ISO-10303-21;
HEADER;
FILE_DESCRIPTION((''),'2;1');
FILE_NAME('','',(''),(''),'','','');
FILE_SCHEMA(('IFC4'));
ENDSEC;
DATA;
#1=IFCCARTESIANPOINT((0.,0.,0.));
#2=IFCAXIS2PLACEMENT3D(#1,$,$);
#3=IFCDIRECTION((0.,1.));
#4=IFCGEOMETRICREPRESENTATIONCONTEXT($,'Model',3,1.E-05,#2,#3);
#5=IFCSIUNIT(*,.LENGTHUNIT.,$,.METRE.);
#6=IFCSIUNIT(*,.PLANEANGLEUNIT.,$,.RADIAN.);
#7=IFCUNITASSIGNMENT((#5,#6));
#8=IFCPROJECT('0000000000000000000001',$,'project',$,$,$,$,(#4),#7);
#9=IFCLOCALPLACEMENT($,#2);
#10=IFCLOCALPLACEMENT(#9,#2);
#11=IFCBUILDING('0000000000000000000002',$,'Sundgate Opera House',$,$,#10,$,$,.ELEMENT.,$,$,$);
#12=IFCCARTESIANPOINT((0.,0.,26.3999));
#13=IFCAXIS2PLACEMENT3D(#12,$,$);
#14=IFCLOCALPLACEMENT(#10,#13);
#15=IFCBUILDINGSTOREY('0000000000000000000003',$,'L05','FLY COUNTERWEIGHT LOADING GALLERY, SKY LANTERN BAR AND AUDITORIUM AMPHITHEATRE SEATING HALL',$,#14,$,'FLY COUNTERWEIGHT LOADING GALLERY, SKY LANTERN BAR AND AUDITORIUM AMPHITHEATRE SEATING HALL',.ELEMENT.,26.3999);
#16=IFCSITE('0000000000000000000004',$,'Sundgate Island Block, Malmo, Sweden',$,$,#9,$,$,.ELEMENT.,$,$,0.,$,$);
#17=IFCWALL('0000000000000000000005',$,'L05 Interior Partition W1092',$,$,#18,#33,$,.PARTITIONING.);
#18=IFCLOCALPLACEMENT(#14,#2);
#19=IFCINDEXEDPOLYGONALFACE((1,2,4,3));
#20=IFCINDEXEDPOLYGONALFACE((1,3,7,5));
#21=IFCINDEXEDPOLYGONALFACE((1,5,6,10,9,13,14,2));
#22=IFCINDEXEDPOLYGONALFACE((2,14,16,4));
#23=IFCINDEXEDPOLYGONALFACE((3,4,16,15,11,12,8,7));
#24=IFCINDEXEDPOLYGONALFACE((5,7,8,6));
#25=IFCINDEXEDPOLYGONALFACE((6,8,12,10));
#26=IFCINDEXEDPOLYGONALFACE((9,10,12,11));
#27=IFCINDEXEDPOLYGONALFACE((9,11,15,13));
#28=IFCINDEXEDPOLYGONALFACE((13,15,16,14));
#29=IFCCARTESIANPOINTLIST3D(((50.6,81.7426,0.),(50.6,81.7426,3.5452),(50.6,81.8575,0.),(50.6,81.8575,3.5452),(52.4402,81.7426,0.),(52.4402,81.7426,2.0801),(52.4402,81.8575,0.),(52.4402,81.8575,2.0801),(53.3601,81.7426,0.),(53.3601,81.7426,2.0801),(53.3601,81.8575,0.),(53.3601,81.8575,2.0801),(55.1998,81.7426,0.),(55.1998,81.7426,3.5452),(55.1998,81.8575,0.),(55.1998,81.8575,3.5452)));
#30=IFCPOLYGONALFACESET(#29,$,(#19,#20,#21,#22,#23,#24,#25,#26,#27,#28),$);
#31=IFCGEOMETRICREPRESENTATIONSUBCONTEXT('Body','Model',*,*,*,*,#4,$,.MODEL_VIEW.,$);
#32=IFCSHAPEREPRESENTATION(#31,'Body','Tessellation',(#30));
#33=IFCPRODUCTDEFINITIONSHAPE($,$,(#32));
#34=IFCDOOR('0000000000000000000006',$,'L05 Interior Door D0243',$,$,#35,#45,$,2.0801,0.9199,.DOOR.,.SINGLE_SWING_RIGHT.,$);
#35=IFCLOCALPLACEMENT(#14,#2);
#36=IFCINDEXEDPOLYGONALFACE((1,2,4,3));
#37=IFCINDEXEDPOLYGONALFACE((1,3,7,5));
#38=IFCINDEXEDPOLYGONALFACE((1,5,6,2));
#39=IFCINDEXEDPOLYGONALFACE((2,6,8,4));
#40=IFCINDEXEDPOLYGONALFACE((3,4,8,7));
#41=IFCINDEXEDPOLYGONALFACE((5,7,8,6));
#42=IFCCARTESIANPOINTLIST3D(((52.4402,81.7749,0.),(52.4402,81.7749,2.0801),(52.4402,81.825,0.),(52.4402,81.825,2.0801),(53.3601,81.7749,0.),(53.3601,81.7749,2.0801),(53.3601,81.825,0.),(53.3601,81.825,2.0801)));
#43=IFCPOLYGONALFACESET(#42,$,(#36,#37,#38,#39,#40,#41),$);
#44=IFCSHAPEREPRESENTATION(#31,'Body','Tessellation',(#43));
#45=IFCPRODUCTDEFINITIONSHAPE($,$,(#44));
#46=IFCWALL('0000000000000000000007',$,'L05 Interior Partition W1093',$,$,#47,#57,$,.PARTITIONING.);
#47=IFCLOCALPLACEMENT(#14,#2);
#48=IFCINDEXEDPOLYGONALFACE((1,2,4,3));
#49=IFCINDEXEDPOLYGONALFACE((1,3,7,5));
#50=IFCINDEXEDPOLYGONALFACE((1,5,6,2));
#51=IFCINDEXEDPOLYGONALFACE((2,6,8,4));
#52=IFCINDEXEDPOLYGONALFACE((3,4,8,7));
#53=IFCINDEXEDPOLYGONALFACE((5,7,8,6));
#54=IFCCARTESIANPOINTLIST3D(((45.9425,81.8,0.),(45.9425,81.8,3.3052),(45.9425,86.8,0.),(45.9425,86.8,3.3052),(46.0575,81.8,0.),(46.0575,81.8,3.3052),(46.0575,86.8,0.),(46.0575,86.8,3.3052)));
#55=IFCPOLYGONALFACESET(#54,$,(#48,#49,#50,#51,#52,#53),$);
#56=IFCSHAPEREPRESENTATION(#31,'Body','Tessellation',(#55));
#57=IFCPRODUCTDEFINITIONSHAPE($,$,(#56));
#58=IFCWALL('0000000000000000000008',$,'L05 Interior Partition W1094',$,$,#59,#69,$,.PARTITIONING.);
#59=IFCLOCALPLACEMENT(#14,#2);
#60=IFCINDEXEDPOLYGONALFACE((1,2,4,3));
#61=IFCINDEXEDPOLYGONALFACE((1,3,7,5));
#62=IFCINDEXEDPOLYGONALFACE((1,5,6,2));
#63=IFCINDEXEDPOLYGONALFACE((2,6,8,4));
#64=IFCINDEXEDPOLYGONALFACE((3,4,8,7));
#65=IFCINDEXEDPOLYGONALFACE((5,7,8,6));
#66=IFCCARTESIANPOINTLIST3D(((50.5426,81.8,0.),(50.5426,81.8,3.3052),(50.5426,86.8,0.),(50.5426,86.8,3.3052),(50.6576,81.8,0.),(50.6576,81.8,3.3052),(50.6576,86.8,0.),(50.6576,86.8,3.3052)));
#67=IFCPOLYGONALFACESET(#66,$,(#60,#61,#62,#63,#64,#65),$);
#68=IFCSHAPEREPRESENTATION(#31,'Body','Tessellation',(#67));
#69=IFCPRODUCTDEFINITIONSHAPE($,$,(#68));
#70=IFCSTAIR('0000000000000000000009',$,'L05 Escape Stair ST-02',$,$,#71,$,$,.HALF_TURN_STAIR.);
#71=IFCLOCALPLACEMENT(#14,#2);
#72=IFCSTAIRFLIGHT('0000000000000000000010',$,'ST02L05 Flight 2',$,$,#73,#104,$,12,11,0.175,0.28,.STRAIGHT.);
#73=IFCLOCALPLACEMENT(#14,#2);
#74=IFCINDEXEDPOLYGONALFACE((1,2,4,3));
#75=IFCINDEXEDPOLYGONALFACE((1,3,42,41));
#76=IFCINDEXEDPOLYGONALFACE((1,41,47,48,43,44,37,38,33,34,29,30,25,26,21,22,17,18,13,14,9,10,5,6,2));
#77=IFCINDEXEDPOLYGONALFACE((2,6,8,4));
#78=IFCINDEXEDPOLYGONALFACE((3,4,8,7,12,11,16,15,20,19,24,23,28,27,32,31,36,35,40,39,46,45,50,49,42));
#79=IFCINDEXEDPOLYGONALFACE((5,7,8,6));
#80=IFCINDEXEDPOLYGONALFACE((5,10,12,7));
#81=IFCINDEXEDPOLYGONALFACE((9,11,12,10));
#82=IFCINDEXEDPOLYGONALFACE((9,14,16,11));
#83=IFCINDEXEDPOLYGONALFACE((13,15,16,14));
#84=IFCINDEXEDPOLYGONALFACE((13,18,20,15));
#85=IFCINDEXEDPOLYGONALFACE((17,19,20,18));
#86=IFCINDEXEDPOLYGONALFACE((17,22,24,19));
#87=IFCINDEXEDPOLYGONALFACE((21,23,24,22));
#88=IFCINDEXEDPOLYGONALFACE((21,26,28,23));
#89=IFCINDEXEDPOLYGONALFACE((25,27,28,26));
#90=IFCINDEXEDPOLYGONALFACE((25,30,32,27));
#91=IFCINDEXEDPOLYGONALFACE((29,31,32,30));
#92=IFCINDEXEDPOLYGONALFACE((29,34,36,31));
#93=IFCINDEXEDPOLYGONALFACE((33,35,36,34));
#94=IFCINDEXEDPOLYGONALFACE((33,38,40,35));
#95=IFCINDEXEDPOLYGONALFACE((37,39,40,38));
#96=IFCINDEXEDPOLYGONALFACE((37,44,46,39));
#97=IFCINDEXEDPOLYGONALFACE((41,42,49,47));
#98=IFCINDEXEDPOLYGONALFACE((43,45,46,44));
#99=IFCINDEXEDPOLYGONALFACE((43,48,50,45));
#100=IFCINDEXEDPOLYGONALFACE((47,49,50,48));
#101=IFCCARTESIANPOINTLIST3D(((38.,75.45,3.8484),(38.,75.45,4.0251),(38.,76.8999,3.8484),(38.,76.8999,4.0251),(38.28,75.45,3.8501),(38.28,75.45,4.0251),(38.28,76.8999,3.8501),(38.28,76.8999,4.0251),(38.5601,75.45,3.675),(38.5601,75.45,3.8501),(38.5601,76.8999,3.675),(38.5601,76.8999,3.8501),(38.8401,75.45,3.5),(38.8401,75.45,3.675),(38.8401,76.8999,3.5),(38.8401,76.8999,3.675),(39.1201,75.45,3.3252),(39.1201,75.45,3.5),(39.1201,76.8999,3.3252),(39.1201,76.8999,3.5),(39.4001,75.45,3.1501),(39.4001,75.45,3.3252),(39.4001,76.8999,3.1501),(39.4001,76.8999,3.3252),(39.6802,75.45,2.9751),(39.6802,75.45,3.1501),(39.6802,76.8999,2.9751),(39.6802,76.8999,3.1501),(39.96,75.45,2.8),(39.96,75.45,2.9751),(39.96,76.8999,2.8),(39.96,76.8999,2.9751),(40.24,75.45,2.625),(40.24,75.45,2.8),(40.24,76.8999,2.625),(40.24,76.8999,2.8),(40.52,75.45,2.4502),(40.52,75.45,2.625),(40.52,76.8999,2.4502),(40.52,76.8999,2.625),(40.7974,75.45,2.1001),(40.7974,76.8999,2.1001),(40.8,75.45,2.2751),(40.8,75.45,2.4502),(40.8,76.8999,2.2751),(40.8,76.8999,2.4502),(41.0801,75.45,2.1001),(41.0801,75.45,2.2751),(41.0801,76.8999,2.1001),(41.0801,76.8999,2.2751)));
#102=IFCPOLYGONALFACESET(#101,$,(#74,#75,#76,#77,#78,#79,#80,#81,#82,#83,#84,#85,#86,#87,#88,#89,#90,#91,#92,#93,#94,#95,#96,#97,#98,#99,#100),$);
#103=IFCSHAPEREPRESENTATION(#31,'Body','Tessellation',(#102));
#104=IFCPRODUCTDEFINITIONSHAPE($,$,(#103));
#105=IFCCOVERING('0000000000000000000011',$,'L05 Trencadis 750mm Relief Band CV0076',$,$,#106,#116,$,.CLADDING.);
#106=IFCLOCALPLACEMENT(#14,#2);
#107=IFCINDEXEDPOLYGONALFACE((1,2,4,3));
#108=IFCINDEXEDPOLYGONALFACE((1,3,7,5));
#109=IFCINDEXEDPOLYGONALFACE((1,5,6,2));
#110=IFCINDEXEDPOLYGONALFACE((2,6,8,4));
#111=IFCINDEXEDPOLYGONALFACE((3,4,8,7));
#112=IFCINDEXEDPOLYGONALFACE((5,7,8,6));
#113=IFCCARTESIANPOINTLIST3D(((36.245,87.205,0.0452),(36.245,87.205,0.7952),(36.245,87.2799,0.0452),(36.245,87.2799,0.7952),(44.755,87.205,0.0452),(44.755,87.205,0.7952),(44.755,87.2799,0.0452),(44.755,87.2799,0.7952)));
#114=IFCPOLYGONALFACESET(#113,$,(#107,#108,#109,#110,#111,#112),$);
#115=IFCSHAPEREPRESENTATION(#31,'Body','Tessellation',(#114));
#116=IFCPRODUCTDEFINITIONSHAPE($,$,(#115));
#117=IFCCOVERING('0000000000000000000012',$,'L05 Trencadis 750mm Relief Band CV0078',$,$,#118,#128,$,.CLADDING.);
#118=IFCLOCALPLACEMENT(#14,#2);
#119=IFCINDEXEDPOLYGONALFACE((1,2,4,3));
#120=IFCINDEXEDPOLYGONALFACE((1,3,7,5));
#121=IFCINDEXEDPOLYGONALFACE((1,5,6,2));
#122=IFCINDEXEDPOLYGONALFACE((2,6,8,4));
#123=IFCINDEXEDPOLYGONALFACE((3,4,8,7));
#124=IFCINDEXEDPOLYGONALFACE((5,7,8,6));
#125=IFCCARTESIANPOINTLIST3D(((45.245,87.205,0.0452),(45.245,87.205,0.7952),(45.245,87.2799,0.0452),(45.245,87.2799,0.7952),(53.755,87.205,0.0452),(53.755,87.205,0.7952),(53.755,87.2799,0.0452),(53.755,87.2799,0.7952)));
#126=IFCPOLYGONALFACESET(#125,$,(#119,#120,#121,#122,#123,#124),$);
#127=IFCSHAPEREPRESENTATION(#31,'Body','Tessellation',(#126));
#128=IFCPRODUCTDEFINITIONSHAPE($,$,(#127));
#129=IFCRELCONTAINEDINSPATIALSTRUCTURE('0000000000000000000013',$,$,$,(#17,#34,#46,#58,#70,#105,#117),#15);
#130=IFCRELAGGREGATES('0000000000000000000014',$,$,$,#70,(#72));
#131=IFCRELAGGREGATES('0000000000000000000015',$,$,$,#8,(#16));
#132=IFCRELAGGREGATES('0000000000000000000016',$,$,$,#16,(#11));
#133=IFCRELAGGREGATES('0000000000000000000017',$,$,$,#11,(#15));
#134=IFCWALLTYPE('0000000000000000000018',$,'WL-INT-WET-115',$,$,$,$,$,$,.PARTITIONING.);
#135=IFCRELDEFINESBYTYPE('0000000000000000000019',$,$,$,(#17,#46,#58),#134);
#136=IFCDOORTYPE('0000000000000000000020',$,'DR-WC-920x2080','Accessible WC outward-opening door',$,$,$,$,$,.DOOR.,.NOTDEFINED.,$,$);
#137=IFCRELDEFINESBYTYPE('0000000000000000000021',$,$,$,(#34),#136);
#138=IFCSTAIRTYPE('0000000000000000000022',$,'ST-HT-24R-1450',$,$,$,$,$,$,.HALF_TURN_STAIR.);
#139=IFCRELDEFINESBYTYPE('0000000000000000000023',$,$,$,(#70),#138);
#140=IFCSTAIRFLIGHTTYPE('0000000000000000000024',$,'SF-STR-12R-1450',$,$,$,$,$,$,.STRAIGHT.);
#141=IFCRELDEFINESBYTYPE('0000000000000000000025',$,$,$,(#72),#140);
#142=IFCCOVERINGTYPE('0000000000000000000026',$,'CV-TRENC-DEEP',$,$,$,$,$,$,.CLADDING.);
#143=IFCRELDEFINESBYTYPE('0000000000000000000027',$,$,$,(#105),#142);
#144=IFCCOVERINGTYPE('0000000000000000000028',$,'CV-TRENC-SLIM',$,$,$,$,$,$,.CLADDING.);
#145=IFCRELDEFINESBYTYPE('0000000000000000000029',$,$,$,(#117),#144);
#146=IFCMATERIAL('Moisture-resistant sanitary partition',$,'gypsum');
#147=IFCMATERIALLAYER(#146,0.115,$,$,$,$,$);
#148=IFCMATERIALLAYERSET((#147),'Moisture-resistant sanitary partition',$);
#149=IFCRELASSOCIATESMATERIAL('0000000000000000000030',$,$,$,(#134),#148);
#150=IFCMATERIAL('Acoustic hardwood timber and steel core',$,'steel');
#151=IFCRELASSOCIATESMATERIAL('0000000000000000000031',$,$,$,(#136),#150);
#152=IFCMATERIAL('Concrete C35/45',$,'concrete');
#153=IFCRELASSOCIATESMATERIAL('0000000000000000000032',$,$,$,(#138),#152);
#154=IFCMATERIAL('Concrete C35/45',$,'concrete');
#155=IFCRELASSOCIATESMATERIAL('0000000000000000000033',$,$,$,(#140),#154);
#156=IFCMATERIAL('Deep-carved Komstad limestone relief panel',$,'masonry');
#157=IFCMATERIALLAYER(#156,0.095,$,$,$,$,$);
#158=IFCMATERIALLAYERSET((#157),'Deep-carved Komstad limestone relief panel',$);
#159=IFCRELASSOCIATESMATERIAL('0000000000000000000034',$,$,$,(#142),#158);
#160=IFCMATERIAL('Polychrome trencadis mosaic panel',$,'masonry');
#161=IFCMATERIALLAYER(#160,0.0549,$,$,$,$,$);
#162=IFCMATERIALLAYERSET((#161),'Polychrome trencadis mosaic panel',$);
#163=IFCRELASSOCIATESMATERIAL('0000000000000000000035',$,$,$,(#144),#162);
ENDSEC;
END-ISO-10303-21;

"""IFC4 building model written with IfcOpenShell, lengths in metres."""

from ifc_helpers import new_model, si_unit, direction, frame, frame_2d, origin, origin_2d, place, context, subcontext, project, spatial, polyline, rectangle, outline, extrude, material, layer, layer_set, type_object, element, fill, aggregate, save


model = new_model("IFC4")

# Units and contexts
model_context = context("Model", 3, precision=1e-05, world=origin(), true_north=direction((0.0, 1.0)))
body_context = subcontext(model_context, "Body", "Model", "MODEL_VIEW")
ifc_project = project(units=[si_unit("LENGTHUNIT", "METRE"), si_unit("PLANEANGLEUNIT", "RADIAN")], contexts=[model_context])

# Site, building, storey
site_placement = place(None, origin())
site = spatial("IfcSite", under=ifc_project, at=site_placement, Name="Sundgate Island Block, Malmo, Sweden", CompositionType="ELEMENT", RefElevation=0.0)
building_placement = place(site_placement, origin())
building = spatial("IfcBuilding", under=site, at=building_placement, Name="Sundgate Opera House", CompositionType="ELEMENT")
storey_placement = place(building_placement, frame((0.0, 0.0, 26.3999)))
storey = spatial("IfcBuildingStorey", under=building, at=storey_placement, Name="L05", Description="FLY COUNTERWEIGHT LOADING GALLERY, SKY LANTERN BAR AND AUDITORIUM AMPHITHEATRE SEATING HALL", LongName="FLY COUNTERWEIGHT LOADING GALLERY, SKY LANTERN BAR AND AUDITORIUM AMPHITHEATRE SEATING HALL", CompositionType="ELEMENT", Elevation=26.3999)

# Wall, opening, door
ifc_material_1 = material(Name="Moisture-resistant sanitary partition", Category="gypsum")
ifc_layer_1 = layer(ifc_material_1, 0.115)
ifc_layer_set_1 = layer_set([ifc_layer_1], Name="Moisture-resistant sanitary partition")
wall_type_1 = type_object("IfcWallType", Name="WL-INT-WET-115", PredefinedType="PARTITIONING", material=ifc_layer_set_1)
wall_1_placement = place(storey_placement, frame((50.6001, 81.8, 0.0), z_axis=(0.0, 0.0, 1.0), x_axis=(1.0, 0.0, 0.0)))
wall_1 = element("IfcWall", 1, at=wall_1_placement, inside=storey, type_object=wall_type_1, Name="L05 Interior Partition W1092", PredefinedType="PARTITIONING", context=body_context, shape_type="SweptSolid", body=[
    extrude(rectangle(XDim=4.5999, YDim=0.115, at=frame_2d((2.2998, 0.0))), origin(), (0.0, 0.0, 1.0), 3.5452),
])
opening_1_placement = place(wall_1_placement, frame((1.8401, 0.0, 0.0)))
opening_1 = element("IfcOpeningElement", 2, at=opening_1_placement, cuts=wall_1, PredefinedType="OPENING", context=body_context, shape_type="SweptSolid", body=[
    extrude(rectangle(XDim=0.9199, YDim=2.0801, at=frame_2d((0.46, 1.04))), frame((0.0, 0.0674, 0.0), z_axis=(0.0, -1.0, 0.0), x_axis=(1.0, 0.0, 0.0)), (0.0, 0.0, 1.0), 0.135),
])
ifc_material_2 = material(Name="Acoustic hardwood timber and steel core", Category="steel")
door_type_1 = type_object("IfcDoorType", Name="DR-WC-920x2080", Description="Accessible WC outward-opening door", OperationType="NOTDEFINED", PredefinedType="DOOR", material=ifc_material_2)
door_1_placement = place(opening_1_placement, origin())
door_1 = element("IfcDoor", 3, at=door_1_placement, inside=storey, type_object=door_type_1, Name="L05 Interior Door D0243", OperationType="SINGLE_SWING_RIGHT", OverallHeight=2.0801, OverallWidth=0.9199, PredefinedType="DOOR", context=body_context, shape_type="SweptSolid", body=[
    extrude(rectangle(XDim=0.9199, YDim=2.0801, at=frame_2d((0.46, 1.04))), frame((0.0, 0.0249, 0.0), z_axis=(0.0, -1.0, 0.0), x_axis=(1.0, 0.0, 0.0)), (0.0, 0.0, 1.0), 0.05),
])
fill(opening_1, door_1)

# Walls
for number, where, z_axis, x_axis, name in (
    (4, (46.0, 81.8, 0.0), (0.0, 0.0, 1.0), (0.0, 1.0, 0.0), "L05 Interior Partition W1093"),
    (5, (50.6001, 81.8, 0.0), (0.0, 0.0, 1.0), (0.0, 1.0, 0.0), "L05 Interior Partition W1094"),
):
    element("IfcWall", number, at=place(storey_placement, frame(where, z_axis=z_axis, x_axis=x_axis)), inside=storey, type_object=wall_type_1, Name=name, PredefinedType="PARTITIONING", context=body_context, shape_type="SweptSolid", body=[
        extrude(rectangle(XDim=5.0, YDim=0.115, at=frame_2d((2.5, 0.0))), origin(), (0.0, 0.0, 1.0), 3.3052),
    ])

# Stair, stair flight
ifc_material_3 = material(Name="Concrete C35/45", Category="concrete")
stair_type = type_object("IfcStairType", Name="ST-HT-24R-1450", PredefinedType="HALF_TURN_STAIR", material=ifc_material_3)
stair_placement = place(storey_placement, origin())
stair = element("IfcStair", 6, at=stair_placement, inside=storey, type_object=stair_type, Name="L05 Escape Stair ST-02", PredefinedType="HALF_TURN_STAIR")
ifc_material_4 = material(Name="Concrete C35/45", Category="concrete")
stair_flight_type = type_object("IfcStairFlightType", Name="SF-STR-12R-1450", PredefinedType="STRAIGHT", material=ifc_material_4)
stair_flight_placement = place(storey_placement, frame((41.0801, 76.175, 2.1001), z_axis=(0.0, 0.0, 1.0), x_axis=(-1.0, 0.0, 0.0)))
stair_flight = element("IfcStairFlight", 7, at=stair_flight_placement, type_object=stair_flight_type, Name="ST02L05 Flight 2", NumberOfRisers=12, NumberOfTreads=11, PredefinedType="STRAIGHT", RiserHeight=0.175, TreadLength=0.28, context=body_context, shape_type="SweptSolid", body=[
    extrude(outline(polyline([(0.0, 0.0), (0.0, 0.175), (0.28, 0.175), (0.28, 0.3501), (0.5601, 0.3501), (0.5601, 0.5249), (0.8401, 0.5249), (0.8401, 0.7), (1.1201, 0.7), (1.1201, 0.875), (1.3999, 0.875), (1.3999, 1.05), (1.6799, 1.05), (1.6799, 1.2251), (1.96, 1.2251), (1.96, 1.3999), (2.24, 1.3999), (2.24, 1.575), (2.52, 1.575), (2.52, 1.75), (2.8, 1.75), (2.8, 1.925), (3.0801, 1.925), (3.0801, 2.1001), (3.0801, 1.7483), (0.2827, 0.0), (0.0, 0.0)])), frame((0.0, 0.7251, 0.0), z_axis=(0.0, -1.0, 0.0), x_axis=(1.0, 0.0, 0.0)), (0.0, 0.0, 1.0), 1.45),
])
aggregate(stair, [stair_flight])

# Coverings
ifc_material_5 = material(Name="Deep-carved Komstad limestone relief panel", Category="masonry")
ifc_layer_2 = layer(ifc_material_5, 0.095)
ifc_layer_set_2 = layer_set([ifc_layer_2], Name="Deep-carved Komstad limestone relief panel")
covering_type_1 = type_object("IfcCoveringType", Name="CV-TRENC-DEEP", PredefinedType="CLADDING", material=ifc_layer_set_2)
covering_1_placement = place(storey_placement, frame((40.5, 87.2424, 0.0452), z_axis=(0.0, 0.0, 1.0), x_axis=(1.0, 0.0, 0.0)))
element("IfcCovering", 8, at=covering_1_placement, inside=storey, type_object=covering_type_1, Name="L05 Trencadis 750mm Relief Band CV0076", PredefinedType="CLADDING", context=body_context, shape_type="SweptSolid", body=[
    extrude(rectangle(XDim=8.51, YDim=0.075, at=origin_2d()), origin(), (0.0, 0.0, 1.0), 0.75),
])
ifc_material_6 = material(Name="Polychrome trencadis mosaic panel", Category="masonry")
ifc_layer_3 = layer(ifc_material_6, 0.0549)
ifc_layer_set_3 = layer_set([ifc_layer_3], Name="Polychrome trencadis mosaic panel")
covering_type_2 = type_object("IfcCoveringType", Name="CV-TRENC-SLIM", PredefinedType="CLADDING", material=ifc_layer_set_3)
covering_2_placement = place(storey_placement, frame((49.5, 87.2424, 0.0452), z_axis=(0.0, 0.0, 1.0), x_axis=(1.0, 0.0, 0.0)))
element("IfcCovering", 9, at=covering_2_placement, inside=storey, type_object=covering_type_2, Name="L05 Trencadis 750mm Relief Band CV0078", PredefinedType="CLADDING", context=body_context, shape_type="SweptSolid", body=[
    extrude(rectangle(XDim=8.51, YDim=0.075, at=origin_2d()), origin(), (0.0, 0.0, 1.0), 0.75),
])

save(model, "model.ifc")
